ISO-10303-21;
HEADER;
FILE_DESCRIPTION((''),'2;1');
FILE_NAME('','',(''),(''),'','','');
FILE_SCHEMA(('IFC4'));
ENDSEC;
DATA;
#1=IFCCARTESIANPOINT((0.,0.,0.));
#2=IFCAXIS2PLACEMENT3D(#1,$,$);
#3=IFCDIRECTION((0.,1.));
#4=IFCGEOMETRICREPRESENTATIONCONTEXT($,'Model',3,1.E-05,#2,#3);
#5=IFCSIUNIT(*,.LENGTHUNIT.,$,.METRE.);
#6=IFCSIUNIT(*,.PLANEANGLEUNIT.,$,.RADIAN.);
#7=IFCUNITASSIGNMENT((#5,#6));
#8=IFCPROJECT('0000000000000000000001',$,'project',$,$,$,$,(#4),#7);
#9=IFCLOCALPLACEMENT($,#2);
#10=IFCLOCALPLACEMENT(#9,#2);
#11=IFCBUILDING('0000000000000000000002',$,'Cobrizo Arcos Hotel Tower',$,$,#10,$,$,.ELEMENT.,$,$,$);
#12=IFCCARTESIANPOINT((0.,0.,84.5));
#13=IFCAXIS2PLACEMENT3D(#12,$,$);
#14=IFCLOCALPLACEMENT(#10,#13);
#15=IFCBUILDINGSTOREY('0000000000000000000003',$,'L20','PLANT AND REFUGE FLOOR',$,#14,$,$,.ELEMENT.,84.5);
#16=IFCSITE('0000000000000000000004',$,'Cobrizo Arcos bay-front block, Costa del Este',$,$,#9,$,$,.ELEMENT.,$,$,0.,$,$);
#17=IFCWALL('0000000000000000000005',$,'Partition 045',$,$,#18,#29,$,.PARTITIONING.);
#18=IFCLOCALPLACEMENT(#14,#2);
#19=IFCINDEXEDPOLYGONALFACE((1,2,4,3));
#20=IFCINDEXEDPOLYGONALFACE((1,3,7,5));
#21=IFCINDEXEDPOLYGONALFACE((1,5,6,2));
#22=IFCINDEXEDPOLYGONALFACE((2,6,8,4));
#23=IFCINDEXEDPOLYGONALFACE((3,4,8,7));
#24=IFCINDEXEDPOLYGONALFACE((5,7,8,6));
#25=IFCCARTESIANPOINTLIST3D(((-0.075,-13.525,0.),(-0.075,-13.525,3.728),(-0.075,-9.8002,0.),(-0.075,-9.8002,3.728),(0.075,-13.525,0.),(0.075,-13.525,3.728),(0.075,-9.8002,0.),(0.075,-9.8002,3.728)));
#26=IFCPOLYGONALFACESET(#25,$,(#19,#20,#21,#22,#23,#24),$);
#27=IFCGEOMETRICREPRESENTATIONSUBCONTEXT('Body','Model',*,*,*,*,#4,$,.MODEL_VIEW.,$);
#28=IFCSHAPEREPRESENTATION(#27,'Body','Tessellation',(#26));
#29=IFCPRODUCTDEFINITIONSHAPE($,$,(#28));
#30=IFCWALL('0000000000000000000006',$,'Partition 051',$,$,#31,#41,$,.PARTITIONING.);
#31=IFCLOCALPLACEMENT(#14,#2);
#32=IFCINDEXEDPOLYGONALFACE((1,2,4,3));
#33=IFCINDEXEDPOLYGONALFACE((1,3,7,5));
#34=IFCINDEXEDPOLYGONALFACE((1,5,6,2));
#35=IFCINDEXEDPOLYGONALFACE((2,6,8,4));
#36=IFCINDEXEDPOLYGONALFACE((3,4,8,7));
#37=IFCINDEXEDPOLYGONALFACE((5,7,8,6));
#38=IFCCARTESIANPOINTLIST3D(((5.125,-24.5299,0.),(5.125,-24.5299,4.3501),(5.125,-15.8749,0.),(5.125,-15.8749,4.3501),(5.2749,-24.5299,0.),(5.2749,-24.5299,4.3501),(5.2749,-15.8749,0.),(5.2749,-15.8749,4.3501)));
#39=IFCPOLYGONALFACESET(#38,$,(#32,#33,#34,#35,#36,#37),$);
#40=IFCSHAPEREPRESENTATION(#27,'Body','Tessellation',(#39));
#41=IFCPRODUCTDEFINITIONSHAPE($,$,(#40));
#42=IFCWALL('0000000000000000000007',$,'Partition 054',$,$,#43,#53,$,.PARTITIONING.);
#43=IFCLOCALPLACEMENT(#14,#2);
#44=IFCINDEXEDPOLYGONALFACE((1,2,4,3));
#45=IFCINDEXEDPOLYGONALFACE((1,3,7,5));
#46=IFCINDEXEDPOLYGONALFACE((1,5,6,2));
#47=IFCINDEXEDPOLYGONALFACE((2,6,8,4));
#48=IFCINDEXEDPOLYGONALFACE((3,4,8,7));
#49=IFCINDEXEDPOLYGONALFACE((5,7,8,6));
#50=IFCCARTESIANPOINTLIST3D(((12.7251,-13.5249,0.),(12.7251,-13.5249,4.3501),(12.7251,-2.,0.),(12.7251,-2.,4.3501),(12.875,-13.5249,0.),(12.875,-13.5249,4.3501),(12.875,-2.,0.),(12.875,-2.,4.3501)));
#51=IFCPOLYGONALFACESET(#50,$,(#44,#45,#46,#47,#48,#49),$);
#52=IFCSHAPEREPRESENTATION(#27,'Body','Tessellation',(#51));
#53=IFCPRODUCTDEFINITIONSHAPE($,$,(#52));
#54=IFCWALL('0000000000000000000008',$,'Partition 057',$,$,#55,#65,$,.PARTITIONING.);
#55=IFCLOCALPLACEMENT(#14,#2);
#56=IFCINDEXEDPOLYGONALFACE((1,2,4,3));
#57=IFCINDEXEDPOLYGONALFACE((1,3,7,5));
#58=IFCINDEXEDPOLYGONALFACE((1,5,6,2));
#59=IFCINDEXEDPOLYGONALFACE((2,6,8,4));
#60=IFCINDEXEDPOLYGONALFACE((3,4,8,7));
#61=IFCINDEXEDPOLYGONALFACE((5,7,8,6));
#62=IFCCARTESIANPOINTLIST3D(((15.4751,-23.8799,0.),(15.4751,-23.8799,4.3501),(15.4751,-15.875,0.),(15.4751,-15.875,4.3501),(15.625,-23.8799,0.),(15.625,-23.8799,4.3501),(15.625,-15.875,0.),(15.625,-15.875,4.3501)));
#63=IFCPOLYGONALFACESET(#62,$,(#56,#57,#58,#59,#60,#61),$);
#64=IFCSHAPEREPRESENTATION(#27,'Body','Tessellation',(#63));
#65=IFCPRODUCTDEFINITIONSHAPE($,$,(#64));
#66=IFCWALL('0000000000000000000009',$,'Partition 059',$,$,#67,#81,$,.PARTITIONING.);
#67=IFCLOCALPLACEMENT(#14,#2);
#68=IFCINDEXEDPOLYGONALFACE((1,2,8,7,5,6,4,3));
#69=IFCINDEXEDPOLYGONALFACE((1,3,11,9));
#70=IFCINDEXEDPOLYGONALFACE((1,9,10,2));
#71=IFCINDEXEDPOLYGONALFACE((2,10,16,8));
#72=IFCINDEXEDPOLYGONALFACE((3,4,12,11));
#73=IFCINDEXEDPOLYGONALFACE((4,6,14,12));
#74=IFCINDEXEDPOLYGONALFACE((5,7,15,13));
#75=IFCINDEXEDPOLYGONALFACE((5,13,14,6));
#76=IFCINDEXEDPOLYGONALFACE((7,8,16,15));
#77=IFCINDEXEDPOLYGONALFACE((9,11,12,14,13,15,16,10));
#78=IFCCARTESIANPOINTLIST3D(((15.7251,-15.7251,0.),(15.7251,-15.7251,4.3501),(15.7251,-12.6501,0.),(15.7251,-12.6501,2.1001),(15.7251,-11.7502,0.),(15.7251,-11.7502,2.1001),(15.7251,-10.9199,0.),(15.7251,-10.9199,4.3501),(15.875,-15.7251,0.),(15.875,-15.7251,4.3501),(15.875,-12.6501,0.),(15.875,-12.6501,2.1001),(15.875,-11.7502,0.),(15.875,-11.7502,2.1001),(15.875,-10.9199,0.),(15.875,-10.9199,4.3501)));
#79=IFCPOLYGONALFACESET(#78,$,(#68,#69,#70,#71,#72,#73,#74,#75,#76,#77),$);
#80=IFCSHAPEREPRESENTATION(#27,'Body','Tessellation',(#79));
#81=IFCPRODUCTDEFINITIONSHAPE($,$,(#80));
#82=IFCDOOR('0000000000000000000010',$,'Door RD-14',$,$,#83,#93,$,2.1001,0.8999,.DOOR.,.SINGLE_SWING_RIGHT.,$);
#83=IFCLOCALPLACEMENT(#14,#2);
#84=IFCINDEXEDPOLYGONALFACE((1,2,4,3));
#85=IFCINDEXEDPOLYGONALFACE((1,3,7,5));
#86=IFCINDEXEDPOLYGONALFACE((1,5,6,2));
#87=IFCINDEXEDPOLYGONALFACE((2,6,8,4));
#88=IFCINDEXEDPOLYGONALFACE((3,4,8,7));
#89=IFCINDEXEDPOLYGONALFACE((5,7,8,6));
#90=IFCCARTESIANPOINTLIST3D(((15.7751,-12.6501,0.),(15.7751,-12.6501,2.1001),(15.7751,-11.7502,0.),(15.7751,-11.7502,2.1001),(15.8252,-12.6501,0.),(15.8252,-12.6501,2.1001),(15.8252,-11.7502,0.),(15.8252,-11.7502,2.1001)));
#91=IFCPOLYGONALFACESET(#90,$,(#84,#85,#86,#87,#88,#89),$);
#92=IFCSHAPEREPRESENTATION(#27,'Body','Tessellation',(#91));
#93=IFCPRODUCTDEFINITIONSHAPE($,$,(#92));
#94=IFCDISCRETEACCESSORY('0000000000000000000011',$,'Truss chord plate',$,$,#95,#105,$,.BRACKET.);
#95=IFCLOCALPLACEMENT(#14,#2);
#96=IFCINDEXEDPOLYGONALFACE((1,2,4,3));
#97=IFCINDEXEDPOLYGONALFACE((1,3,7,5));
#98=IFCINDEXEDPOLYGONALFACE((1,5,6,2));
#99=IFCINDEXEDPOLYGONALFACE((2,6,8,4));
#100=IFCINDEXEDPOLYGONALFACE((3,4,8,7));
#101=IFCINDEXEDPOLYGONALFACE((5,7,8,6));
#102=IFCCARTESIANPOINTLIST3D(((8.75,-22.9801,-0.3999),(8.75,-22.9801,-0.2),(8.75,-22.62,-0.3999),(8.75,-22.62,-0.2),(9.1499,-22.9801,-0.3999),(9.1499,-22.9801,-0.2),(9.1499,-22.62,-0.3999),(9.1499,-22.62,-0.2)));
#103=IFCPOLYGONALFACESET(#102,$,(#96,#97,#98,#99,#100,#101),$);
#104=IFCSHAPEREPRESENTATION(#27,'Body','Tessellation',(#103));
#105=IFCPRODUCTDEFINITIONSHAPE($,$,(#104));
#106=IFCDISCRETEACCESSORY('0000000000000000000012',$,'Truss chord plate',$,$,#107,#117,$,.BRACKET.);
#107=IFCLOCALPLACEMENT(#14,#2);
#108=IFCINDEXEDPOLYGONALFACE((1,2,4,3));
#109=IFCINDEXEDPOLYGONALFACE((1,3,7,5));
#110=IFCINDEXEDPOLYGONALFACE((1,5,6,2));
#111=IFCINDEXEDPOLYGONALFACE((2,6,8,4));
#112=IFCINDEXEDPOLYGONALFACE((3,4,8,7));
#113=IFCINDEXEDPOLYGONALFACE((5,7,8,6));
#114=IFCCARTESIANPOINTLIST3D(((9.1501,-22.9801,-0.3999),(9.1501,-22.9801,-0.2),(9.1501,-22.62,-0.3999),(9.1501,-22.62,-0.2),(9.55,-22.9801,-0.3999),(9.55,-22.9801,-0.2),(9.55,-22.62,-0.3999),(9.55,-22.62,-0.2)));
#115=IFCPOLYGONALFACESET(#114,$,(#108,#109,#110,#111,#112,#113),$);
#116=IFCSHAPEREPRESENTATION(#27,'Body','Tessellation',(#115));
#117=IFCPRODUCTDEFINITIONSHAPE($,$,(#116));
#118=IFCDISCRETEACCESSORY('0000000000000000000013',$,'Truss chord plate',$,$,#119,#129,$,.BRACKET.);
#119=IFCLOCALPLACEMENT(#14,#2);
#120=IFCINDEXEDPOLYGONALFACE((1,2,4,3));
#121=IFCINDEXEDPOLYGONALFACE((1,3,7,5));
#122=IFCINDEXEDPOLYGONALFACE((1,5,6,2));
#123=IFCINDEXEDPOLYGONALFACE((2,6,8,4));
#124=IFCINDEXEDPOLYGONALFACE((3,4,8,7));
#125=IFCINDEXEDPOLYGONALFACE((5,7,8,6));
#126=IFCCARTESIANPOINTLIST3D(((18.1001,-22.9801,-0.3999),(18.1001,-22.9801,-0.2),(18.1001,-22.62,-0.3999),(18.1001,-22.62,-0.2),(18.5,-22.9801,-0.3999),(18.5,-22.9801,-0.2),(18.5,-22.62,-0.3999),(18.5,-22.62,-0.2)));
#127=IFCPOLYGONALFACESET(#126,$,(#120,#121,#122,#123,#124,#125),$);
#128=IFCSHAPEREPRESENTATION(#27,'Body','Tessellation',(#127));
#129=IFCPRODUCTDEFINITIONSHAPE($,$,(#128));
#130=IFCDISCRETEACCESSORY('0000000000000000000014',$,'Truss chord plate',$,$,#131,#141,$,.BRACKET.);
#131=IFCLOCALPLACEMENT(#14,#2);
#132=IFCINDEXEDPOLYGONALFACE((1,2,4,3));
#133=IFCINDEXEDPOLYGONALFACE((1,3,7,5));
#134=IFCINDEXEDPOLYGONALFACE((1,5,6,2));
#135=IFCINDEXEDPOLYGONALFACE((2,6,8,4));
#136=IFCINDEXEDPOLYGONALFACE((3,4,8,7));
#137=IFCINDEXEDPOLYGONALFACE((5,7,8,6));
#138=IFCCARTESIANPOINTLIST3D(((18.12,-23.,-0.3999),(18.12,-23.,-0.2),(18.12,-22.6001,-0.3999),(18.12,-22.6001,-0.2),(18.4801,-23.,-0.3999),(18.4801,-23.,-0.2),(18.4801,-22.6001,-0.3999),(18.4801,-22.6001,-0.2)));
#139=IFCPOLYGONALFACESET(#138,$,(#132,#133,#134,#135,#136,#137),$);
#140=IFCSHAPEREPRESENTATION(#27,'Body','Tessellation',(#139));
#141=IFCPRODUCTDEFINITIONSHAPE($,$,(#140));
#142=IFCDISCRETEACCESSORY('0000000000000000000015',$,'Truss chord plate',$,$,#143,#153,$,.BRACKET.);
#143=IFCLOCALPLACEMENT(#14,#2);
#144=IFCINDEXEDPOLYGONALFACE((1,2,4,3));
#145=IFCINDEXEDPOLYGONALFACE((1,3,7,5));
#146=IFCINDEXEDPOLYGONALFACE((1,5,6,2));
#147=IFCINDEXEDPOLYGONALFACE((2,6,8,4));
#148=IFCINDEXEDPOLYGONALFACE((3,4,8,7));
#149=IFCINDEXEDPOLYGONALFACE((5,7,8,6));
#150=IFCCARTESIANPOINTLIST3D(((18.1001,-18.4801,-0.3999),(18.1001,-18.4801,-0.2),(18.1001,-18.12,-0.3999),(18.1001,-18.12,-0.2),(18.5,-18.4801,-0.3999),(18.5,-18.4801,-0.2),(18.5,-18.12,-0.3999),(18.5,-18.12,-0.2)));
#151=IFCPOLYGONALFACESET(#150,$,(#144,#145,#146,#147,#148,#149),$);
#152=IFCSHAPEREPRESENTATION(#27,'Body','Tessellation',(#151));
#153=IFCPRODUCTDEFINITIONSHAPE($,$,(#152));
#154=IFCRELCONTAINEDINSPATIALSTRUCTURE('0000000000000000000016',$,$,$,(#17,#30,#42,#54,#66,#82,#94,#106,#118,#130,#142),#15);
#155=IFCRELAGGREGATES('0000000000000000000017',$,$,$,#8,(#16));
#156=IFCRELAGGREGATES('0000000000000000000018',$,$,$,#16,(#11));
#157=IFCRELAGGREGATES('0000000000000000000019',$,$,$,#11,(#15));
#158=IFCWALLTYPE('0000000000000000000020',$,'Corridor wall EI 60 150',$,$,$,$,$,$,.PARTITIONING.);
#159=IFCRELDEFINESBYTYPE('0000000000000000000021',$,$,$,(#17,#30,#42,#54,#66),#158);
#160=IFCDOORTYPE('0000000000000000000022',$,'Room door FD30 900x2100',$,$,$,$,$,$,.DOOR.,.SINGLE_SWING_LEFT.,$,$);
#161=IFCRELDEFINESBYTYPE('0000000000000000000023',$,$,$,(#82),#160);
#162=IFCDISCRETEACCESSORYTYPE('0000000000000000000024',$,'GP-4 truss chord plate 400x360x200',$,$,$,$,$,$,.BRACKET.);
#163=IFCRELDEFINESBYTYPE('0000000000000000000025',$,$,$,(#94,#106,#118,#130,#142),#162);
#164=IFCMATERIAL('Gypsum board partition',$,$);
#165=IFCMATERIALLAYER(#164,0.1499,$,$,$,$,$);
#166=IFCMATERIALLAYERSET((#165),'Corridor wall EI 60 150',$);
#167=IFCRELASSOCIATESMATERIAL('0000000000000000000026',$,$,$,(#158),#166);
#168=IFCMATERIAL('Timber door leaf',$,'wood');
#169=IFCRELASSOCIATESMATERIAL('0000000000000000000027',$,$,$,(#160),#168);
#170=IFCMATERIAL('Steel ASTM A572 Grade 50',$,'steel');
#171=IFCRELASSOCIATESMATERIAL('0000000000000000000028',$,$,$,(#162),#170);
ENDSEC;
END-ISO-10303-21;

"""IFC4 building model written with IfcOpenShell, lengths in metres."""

from ifc_helpers import new_model, si_unit, direction, frame, frame_2d, origin, origin_2d, place, context, subcontext, project, spatial, rectangle, extrude, material, layer, layer_set, type_object, element, fill, save


model = new_model("IFC4")

# Units and contexts
model_context = context("Model", 3, precision=1e-05, world=origin(), true_north=direction((0.0, 1.0)))
body_context = subcontext(model_context, "Body", "Model", "MODEL_VIEW")
ifc_project = project(units=[si_unit("LENGTHUNIT", "METRE"), si_unit("PLANEANGLEUNIT", "RADIAN")], contexts=[model_context])

# Site, building, storey
site_placement = place(None, origin())
site = spatial("IfcSite", under=ifc_project, at=site_placement, Name="Cobrizo Arcos bay-front block, Costa del Este", CompositionType="ELEMENT", RefElevation=0.0)
building_placement = place(site_placement, origin())
building = spatial("IfcBuilding", under=site, at=building_placement, Name="Cobrizo Arcos Hotel Tower", CompositionType="ELEMENT")
storey_placement = place(building_placement, frame((0.0, 0.0, 84.5)))
storey = spatial("IfcBuildingStorey", under=building, at=storey_placement, Name="L20", Description="PLANT AND REFUGE FLOOR", CompositionType="ELEMENT", Elevation=84.5)

# Shared definitions
ifc_material_1 = material(Name="Steel ASTM A572 Grade 50", Category="steel")

# Walls
ifc_material_2 = material(Name="Gypsum board partition")
ifc_layer_1 = layer(ifc_material_2, 0.1499)
ifc_layer_set_1 = layer_set([ifc_layer_1], Name="Corridor wall EI 60 150")
wall_type = type_object("IfcWallType", Name="Corridor wall EI 60 150", PredefinedType="PARTITIONING", material=ifc_layer_set_1)
wall_1_placement = place(storey_placement, frame((0.0, -13.5249, 0.0), z_axis=(0.0, 0.0, 1.0), x_axis=(0.0, 1.0, 0.0)))
element("IfcWall", 1, at=wall_1_placement, inside=storey, type_object=wall_type, Name="Partition 045", PredefinedType="PARTITIONING", context=body_context, shape_type="SweptSolid", body=[
    extrude(rectangle(XDim=3.7249, YDim=0.1499, at=frame_2d((1.8623, 0.0))), origin(), (0.0, 0.0, 1.0), 3.728),
])
wall_2_placement = place(storey_placement, frame((5.2, -24.53, 0.0), z_axis=(0.0, 0.0, 1.0), x_axis=(0.0, 1.0, 0.0)))
element("IfcWall", 2, at=wall_2_placement, inside=storey, type_object=wall_type, Name="Partition 051", PredefinedType="PARTITIONING", context=body_context, shape_type="SweptSolid", body=[
    extrude(rectangle(XDim=8.655, YDim=0.1499, at=frame_2d((4.3276, 0.0))), origin(), (0.0, 0.0, 1.0), 4.3501),
])
wall_3_placement = place(storey_placement, frame((12.8, -13.5249, 0.0), z_axis=(0.0, 0.0, 1.0), x_axis=(0.0, 1.0, 0.0)))
element("IfcWall", 3, at=wall_3_placement, inside=storey, type_object=wall_type, Name="Partition 054", PredefinedType="PARTITIONING", context=body_context, shape_type="SweptSolid", body=[
    extrude(rectangle(XDim=11.5249, YDim=0.1499, at=frame_2d((5.7625, 0.0))), origin(), (0.0, 0.0, 1.0), 4.3501),
])
wall_4_placement = place(storey_placement, frame((15.55, -23.8799, 0.0), z_axis=(0.0, 0.0, 1.0), x_axis=(0.0, 1.0, 0.0)))
element("IfcWall", 4, at=wall_4_placement, inside=storey, type_object=wall_type, Name="Partition 057", PredefinedType="PARTITIONING", context=body_context, shape_type="SweptSolid", body=[
    extrude(rectangle(XDim=8.0049, YDim=0.1499, at=frame_2d((4.0024, 0.0))), origin(), (0.0, 0.0, 1.0), 4.3501),
])

# Wall, opening, door
wall_5_placement = place(storey_placement, frame((15.8, -15.7251, 0.0), z_axis=(0.0, 0.0, 1.0), x_axis=(0.0, 1.0, 0.0)))
wall_5 = element("IfcWall", 5, at=wall_5_placement, inside=storey, type_object=wall_type, Name="Partition 059", PredefinedType="PARTITIONING", context=body_context, shape_type="SweptSolid", body=[
    extrude(rectangle(XDim=4.8052, YDim=0.1499, at=frame_2d((2.4026, 0.0))), origin(), (0.0, 0.0, 1.0), 4.3501),
])
opening_placement = place(wall_5_placement, frame((3.075, 0.0, 0.0)))
opening = element("IfcOpeningElement", 6, at=opening_placement, cuts=wall_5, PredefinedType="OPENING", context=body_context, shape_type="SweptSolid", body=[
    extrude(rectangle(XDim=0.8999, YDim=2.1001, at=frame_2d((0.45, 1.05))), frame((0.0, 0.0869, 0.0), z_axis=(0.0, -1.0, 0.0), x_axis=(1.0, 0.0, 0.0)), (0.0, 0.0, 1.0), 0.1738),
])
ifc_material_3 = material(Name="Timber door leaf", Category="wood")
door_type = type_object("IfcDoorType", Name="Room door FD30 900x2100", OperationType="SINGLE_SWING_LEFT", PredefinedType="DOOR", material=ifc_material_3)
door_placement = place(opening_placement, origin())
door = element("IfcDoor", 7, at=door_placement, inside=storey, type_object=door_type, Name="Door RD-14", OperationType="SINGLE_SWING_RIGHT", OverallHeight=2.1001, OverallWidth=0.8999, PredefinedType="DOOR", context=body_context, shape_type="SweptSolid", body=[
    extrude(rectangle(XDim=0.8999, YDim=2.1001, at=frame_2d((0.45, 1.05))), frame((0.0, 0.0249, 0.0), z_axis=(0.0, -1.0, 0.0), x_axis=(1.0, 0.0, 0.0)), (0.0, 0.0, 1.0), 0.05),
])
fill(opening, door)

# Discrete accessories
discrete_accessory_type = type_object("IfcDiscreteAccessoryType", Name="GP-4 truss chord plate 400x360x200", PredefinedType="BRACKET", material=ifc_material_1)
for number, where, z_axis, x_axis, name in (
    (8, (8.95, -22.8, -0.3999), (0.0, 0.0, 1.0), (1.0, 0.0, 0.0), "Truss chord plate"),
    (9, (9.3501, -22.8, -0.3999), (0.0, 0.0, 1.0), (1.0, 0.0, 0.0), "Truss chord plate"),
    (10, (18.3, -22.8, -0.3999), (0.0, 0.0, 1.0), (1.0, 0.0, 0.0), "Truss chord plate"),
    (11, (18.3, -22.8, -0.3999), (0.0, 0.0, 1.0), (0.0, 1.0, 0.0), "Truss chord plate"),
    (12, (18.3, -18.3, -0.3999), (0.0, 0.0, 1.0), (1.0, 0.0, 0.0), "Truss chord plate"),
):
    element("IfcDiscreteAccessory", number, at=place(storey_placement, frame(where, z_axis=z_axis, x_axis=x_axis)), inside=storey, type_object=discrete_accessory_type, Name=name, PredefinedType="BRACKET", context=body_context, shape_type="SweptSolid", body=[
        extrude(rectangle(XDim=0.3999, YDim=0.3601, at=origin_2d()), origin(), (0.0, 0.0, 1.0), 0.2),
    ])

save(model, "model.ifc")
